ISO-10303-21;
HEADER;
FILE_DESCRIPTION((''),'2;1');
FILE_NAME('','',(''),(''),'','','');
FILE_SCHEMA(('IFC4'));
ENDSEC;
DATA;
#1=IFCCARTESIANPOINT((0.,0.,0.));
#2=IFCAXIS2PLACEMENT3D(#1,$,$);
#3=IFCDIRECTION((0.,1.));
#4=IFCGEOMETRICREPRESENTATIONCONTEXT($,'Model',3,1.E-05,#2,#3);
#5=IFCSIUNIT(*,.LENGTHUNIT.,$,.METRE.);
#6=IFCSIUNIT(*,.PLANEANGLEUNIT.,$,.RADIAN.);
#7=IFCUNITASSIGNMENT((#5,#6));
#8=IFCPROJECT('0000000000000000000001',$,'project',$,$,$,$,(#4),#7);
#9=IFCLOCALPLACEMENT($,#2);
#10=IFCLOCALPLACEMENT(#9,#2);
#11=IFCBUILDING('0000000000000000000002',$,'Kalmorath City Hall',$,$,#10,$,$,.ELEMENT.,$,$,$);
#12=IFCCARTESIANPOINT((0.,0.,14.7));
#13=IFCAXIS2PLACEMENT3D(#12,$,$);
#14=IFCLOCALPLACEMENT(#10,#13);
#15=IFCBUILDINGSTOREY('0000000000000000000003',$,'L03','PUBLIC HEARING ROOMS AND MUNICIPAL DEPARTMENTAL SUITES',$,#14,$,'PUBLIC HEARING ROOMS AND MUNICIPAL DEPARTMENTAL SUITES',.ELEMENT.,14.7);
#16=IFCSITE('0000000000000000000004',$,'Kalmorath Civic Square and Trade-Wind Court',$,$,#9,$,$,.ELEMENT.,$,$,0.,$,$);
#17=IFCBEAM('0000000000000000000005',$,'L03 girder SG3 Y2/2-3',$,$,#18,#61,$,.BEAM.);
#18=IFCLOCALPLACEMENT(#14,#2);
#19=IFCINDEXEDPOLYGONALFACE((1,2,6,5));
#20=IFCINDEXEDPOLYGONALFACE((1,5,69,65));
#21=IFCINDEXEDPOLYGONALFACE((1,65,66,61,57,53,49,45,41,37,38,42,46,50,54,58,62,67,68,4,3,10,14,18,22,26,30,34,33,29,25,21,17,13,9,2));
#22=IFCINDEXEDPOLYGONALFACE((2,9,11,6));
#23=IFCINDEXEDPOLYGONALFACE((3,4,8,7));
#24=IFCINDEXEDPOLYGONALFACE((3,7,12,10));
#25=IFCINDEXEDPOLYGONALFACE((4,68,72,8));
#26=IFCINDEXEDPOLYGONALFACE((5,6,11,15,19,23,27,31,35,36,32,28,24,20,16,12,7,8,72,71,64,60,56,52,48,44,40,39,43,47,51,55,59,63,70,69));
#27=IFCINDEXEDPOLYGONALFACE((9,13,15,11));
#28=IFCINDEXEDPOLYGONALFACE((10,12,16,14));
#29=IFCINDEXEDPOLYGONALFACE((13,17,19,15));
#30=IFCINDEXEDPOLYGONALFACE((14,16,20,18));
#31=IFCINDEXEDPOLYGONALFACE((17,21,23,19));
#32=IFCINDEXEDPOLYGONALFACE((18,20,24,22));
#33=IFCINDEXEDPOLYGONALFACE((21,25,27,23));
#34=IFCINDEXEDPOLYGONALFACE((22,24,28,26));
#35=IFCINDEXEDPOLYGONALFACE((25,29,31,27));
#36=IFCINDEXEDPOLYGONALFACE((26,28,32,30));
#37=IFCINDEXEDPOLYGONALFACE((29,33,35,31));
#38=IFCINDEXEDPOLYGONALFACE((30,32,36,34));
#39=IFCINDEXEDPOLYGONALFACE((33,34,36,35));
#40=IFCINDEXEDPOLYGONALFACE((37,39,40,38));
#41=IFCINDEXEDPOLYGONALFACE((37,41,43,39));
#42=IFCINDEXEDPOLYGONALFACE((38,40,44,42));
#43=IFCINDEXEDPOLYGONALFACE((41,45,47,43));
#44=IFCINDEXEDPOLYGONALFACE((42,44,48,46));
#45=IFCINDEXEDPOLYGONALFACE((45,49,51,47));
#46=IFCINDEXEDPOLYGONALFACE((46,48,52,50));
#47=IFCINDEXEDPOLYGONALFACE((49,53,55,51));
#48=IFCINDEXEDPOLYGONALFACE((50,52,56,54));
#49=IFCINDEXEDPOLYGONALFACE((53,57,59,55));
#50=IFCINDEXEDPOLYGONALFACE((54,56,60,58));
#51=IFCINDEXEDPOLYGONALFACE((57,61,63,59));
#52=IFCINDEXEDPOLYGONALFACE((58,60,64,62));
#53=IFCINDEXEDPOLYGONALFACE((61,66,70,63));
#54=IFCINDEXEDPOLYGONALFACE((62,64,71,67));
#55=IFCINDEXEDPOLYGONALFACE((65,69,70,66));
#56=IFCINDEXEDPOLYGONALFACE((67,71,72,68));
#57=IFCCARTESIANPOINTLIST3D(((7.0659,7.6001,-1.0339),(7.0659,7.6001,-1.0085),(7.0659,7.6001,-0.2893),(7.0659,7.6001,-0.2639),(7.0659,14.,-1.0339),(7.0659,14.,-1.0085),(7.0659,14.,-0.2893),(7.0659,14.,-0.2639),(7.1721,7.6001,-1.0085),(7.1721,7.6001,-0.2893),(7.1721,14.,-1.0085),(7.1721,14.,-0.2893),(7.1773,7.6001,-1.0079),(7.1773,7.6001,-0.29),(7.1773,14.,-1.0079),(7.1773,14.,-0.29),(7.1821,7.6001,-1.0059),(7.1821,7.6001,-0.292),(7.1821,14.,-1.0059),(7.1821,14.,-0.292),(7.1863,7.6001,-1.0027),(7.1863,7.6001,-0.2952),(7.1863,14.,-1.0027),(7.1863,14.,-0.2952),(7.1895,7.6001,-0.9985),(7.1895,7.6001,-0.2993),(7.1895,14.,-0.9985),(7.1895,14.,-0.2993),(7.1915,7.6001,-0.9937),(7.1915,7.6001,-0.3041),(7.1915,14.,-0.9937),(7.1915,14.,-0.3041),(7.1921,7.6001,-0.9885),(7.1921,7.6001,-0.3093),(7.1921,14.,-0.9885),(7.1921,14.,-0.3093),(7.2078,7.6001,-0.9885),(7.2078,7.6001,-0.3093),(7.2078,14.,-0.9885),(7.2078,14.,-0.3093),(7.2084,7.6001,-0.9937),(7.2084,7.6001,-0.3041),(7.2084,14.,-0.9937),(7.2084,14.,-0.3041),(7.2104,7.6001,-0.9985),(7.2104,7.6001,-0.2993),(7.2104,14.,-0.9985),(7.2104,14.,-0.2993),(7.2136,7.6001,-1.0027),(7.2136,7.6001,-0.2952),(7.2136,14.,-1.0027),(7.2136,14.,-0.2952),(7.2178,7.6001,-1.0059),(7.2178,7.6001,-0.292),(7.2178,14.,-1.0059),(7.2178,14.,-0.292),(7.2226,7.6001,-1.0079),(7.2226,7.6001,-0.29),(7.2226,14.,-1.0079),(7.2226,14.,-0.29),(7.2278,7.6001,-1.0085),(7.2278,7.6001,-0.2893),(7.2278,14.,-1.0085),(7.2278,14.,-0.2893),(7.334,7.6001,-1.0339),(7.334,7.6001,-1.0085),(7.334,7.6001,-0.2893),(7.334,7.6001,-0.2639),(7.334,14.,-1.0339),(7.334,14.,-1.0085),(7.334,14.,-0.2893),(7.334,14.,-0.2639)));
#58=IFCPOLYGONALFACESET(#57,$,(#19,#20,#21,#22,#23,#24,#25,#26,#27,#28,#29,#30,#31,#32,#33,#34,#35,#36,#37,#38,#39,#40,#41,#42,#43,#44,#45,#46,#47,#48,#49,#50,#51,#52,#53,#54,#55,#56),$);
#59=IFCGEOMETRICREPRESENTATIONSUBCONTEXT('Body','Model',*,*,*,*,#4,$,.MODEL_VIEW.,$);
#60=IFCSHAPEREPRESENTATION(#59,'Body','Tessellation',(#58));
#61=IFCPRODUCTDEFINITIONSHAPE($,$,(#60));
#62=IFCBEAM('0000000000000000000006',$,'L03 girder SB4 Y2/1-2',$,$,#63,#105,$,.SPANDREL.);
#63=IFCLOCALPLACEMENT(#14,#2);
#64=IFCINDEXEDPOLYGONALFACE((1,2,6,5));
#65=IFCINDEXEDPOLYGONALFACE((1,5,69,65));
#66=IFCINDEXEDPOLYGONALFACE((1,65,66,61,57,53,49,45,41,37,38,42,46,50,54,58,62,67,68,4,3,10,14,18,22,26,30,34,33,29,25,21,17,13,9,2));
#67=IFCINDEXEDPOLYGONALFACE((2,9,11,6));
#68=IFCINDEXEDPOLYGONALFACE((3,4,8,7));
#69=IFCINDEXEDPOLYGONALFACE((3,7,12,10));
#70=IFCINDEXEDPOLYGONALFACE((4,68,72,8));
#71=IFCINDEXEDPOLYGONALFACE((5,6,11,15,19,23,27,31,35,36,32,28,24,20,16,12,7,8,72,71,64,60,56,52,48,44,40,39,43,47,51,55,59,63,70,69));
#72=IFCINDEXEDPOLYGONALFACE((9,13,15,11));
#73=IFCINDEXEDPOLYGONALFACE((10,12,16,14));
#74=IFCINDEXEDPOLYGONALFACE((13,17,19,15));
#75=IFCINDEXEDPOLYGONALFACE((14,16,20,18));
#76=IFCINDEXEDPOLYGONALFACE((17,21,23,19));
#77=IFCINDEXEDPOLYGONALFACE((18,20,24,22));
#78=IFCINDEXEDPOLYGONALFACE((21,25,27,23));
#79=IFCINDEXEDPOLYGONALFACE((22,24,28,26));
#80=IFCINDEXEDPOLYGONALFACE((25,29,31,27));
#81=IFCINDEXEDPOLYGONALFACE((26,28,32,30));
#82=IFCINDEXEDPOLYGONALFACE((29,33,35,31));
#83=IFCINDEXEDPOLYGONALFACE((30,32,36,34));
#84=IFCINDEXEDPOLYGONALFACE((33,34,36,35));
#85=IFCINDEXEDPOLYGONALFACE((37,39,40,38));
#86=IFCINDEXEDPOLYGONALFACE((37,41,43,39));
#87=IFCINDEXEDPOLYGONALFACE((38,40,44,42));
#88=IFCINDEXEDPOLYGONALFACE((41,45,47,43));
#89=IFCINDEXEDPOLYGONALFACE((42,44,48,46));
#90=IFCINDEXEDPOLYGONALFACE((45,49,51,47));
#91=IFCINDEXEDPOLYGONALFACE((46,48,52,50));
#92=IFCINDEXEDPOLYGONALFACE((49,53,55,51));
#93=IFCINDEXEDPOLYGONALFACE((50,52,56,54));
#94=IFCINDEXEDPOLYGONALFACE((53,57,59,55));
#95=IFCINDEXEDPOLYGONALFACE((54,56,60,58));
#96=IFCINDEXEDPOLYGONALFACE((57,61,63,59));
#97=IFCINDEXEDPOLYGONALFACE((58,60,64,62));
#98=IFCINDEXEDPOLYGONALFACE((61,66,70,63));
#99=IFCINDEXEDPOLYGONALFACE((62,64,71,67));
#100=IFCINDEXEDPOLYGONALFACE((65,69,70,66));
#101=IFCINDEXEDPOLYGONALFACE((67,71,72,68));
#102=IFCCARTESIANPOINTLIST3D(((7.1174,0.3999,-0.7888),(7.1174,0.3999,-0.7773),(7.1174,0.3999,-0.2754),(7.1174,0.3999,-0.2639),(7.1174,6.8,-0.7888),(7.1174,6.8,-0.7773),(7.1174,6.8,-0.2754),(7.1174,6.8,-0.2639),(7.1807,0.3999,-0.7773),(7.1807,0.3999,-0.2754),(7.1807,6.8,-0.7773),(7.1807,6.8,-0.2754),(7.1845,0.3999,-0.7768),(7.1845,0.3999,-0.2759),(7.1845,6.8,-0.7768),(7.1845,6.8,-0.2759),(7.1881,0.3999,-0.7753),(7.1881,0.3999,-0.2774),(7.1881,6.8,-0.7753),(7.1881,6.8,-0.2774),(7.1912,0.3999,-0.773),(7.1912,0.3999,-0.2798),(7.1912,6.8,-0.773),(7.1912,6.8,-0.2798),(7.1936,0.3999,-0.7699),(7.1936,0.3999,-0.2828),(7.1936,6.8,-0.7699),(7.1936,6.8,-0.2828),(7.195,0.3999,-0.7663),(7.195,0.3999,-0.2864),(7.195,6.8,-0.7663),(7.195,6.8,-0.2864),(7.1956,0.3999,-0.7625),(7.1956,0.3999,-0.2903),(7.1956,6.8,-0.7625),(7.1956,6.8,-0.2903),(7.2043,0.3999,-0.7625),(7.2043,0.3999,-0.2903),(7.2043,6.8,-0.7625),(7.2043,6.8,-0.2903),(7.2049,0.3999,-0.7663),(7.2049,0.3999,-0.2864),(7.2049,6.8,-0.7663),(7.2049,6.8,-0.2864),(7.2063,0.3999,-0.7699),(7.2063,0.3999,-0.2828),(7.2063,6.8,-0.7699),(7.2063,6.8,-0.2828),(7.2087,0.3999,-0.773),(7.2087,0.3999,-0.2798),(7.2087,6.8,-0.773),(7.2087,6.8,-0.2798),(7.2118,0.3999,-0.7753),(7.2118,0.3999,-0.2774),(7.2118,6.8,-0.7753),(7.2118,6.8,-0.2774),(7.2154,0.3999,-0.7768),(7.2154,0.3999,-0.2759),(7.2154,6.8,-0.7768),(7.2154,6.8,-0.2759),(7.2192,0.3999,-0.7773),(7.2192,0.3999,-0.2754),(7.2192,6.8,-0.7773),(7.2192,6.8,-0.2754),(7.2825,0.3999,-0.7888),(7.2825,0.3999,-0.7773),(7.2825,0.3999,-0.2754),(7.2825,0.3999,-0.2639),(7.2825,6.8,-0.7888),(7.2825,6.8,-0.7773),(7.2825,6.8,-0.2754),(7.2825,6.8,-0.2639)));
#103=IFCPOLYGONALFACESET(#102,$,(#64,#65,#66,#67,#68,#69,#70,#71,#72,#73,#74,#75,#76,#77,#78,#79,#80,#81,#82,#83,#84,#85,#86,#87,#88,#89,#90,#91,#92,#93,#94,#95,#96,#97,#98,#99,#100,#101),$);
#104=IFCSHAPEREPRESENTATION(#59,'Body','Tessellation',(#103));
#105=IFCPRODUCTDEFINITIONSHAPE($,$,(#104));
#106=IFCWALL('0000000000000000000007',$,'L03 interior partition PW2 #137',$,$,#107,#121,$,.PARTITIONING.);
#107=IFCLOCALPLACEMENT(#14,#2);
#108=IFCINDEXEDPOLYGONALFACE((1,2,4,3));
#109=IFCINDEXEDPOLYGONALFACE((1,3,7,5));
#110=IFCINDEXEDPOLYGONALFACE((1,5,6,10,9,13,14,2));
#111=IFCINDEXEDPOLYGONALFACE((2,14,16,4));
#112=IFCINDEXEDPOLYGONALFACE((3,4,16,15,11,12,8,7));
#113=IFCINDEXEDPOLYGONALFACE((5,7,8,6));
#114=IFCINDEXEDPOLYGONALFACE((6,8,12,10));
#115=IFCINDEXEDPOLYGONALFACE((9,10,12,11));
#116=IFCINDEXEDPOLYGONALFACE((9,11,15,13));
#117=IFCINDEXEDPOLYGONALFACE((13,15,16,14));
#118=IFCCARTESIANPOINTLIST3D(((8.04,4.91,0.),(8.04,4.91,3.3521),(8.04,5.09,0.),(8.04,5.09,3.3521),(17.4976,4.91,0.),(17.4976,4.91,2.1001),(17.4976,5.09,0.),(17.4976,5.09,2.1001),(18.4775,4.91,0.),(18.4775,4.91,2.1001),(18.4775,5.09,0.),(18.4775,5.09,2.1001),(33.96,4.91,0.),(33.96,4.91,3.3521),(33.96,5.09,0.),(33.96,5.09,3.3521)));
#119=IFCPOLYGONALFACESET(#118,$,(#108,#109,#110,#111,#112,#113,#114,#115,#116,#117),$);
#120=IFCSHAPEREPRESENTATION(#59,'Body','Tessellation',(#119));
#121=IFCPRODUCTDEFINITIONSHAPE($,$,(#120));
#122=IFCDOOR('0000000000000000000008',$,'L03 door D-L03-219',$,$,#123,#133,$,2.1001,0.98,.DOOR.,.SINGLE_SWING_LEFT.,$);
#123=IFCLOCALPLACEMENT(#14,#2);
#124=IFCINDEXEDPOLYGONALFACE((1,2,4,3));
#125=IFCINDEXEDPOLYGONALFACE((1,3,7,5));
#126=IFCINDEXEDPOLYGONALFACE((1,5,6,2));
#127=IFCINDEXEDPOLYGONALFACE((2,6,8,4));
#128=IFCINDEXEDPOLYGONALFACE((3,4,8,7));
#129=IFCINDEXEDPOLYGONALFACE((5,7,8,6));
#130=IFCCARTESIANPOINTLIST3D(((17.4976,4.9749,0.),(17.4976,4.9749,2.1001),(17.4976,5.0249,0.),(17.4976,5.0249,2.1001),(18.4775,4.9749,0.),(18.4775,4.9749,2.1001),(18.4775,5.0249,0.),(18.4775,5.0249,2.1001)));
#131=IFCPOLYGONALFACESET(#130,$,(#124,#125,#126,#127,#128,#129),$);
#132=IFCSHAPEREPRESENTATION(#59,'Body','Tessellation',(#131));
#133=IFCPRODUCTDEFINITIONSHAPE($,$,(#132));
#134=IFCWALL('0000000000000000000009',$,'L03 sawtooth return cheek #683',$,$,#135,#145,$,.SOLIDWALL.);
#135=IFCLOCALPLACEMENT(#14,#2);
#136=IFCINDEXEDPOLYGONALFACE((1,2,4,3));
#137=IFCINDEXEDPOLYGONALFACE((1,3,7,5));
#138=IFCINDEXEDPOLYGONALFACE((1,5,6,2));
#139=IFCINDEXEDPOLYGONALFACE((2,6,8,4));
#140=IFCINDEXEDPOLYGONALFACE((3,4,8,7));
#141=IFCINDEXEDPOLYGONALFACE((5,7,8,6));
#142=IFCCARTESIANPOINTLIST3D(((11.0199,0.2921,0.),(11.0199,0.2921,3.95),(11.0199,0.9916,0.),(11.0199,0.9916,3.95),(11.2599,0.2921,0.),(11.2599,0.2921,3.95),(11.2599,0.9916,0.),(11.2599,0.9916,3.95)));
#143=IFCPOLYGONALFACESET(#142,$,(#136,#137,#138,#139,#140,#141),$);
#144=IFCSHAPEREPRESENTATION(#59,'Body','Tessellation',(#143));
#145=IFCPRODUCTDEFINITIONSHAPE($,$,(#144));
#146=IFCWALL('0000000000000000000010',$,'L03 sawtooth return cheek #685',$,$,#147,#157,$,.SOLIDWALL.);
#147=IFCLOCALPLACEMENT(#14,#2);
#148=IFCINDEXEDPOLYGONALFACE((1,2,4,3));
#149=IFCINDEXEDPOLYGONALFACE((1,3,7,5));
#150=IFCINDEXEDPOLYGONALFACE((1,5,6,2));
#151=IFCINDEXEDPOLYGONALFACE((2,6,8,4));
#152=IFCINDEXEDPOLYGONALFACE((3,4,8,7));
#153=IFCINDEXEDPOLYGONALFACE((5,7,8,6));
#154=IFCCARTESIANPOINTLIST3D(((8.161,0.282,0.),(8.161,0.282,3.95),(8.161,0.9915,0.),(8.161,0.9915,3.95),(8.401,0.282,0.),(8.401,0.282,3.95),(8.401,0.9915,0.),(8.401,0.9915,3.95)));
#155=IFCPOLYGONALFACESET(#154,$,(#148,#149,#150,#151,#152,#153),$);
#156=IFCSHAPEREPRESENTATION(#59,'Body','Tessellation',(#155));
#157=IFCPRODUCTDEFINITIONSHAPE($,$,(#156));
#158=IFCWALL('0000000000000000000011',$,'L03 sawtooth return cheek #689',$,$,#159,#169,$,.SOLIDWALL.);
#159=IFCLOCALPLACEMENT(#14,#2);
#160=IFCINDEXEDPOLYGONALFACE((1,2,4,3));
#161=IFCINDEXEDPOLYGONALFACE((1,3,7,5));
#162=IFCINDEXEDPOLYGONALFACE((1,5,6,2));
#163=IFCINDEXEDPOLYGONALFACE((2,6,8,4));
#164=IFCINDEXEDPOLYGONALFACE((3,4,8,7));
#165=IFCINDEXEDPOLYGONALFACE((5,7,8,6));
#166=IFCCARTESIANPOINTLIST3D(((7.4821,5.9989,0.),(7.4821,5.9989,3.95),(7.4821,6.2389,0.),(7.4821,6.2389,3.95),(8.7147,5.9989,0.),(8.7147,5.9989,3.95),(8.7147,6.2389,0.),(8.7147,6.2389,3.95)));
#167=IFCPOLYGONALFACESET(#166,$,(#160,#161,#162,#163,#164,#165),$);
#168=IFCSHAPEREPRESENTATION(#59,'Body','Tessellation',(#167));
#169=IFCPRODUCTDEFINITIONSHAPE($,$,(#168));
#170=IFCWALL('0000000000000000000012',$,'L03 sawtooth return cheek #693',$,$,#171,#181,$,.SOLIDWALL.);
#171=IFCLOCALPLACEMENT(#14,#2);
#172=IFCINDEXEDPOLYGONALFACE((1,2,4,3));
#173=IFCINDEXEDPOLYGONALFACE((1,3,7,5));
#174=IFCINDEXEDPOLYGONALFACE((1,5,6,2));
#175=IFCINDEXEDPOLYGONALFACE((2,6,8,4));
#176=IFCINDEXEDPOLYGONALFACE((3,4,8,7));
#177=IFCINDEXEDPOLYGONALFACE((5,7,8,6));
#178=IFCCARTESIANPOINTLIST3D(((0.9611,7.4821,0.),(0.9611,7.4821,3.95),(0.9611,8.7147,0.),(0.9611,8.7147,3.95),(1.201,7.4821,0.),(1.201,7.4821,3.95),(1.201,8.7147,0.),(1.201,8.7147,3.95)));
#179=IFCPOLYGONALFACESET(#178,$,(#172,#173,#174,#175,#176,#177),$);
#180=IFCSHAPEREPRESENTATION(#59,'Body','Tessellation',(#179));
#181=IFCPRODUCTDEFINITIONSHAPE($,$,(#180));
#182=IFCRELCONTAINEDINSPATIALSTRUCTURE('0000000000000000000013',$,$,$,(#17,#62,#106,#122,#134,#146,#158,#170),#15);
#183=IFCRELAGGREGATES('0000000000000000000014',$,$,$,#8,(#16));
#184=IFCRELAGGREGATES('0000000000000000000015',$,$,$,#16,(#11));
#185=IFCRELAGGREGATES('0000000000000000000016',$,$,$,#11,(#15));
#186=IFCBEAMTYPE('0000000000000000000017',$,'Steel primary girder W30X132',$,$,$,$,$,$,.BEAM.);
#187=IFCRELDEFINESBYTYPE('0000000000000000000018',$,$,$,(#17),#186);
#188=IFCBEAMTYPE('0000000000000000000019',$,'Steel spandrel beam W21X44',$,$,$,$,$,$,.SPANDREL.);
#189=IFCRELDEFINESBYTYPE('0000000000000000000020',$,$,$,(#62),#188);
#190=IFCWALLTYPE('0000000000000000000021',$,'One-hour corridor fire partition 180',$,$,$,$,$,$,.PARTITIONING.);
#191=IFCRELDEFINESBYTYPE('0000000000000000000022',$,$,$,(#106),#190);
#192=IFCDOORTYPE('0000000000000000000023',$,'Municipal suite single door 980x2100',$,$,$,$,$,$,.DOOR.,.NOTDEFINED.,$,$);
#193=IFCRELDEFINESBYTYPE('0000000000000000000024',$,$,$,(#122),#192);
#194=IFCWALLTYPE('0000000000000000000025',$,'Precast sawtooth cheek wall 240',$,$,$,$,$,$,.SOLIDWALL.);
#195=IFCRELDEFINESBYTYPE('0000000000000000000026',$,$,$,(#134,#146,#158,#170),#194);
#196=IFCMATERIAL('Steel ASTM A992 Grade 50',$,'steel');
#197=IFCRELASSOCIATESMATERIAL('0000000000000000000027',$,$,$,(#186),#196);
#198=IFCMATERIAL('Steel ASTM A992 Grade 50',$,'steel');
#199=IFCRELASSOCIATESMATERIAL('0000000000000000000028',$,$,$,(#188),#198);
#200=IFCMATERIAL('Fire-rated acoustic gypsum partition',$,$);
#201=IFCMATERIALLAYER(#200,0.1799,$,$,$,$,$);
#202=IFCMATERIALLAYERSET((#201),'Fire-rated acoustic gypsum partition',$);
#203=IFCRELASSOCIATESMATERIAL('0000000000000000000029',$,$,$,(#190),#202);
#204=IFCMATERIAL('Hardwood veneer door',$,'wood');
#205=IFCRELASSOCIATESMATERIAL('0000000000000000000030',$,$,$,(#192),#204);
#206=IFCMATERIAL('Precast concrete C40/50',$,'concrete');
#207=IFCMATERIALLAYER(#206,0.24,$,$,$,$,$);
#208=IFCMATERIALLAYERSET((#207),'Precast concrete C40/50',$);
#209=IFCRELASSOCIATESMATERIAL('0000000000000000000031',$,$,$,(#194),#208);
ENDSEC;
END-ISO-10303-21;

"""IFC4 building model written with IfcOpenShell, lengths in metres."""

from ifc_helpers import new_model, si_unit, direction, frame, frame_2d, origin, origin_2d, place, context, subcontext, project, spatial, rectangle, i_section, extrude, material, layer, layer_set, material_profile, profile_set, type_object, element, fill, save


model = new_model("IFC4")

# Units and contexts
model_context = context("Model", 3, precision=1e-05, world=origin(), true_north=direction((0.0, 1.0)))
body_context = subcontext(model_context, "Body", "Model", "MODEL_VIEW")
ifc_project = project(units=[si_unit("LENGTHUNIT", "METRE"), si_unit("PLANEANGLEUNIT", "RADIAN")], contexts=[model_context])

# Site, building, storey
site_placement = place(None, origin())
site = spatial("IfcSite", under=ifc_project, at=site_placement, Name="Kalmorath Civic Square and Trade-Wind Court", CompositionType="ELEMENT", RefElevation=0.0)
building_placement = place(site_placement, origin())
building = spatial("IfcBuilding", under=site, at=building_placement, Name="Kalmorath City Hall", CompositionType="ELEMENT")
storey_placement = place(building_placement, frame((0.0, 0.0, 14.7)))
storey = spatial("IfcBuildingStorey", under=building, at=storey_placement, Name="L03", Description="PUBLIC HEARING ROOMS AND MUNICIPAL DEPARTMENTAL SUITES", LongName="PUBLIC HEARING ROOMS AND MUNICIPAL DEPARTMENTAL SUITES", CompositionType="ELEMENT", Elevation=14.7)

# Beams
ifc_material_1 = material(Name="Steel ASTM A992 Grade 50", Category="steel")
ifc_material_profile_1 = material_profile(ifc_material_1, i_section(OverallWidth=0.2681, OverallDepth=0.77, WebThickness=0.0156, FlangeThickness=0.0254, FilletRadius=0.02, at=origin_2d()), Name="W30X132")
ifc_profile_set_1 = profile_set([ifc_material_profile_1], Name="Steel ASTM A992 Grade 50")
beam_type_1 = type_object("IfcBeamType", Name="Steel primary girder W30X132", PredefinedType="BEAM", material=ifc_profile_set_1)
beam_1_placement = place(storey_placement, frame((7.2, 7.6001, -0.6489), z_axis=(0.0, 1.0, 0.0), x_axis=(-1.0, 0.0, 0.0)))
element("IfcBeam", 1, at=beam_1_placement, inside=storey, type_object=beam_type_1, Name="L03 girder SG3 Y2/2-3", PredefinedType="BEAM", context=body_context, shape_type="SweptSolid", body=[
    extrude(i_section(OverallWidth=0.2681, OverallDepth=0.77, WebThickness=0.0156, FlangeThickness=0.0254, FilletRadius=0.02, at=origin_2d()), origin(), (0.0, 0.0, 1.0), 6.3999),
])
ifc_material_2 = material(Name="Steel ASTM A992 Grade 50", Category="steel")
ifc_material_profile_2 = material_profile(ifc_material_2, i_section(OverallWidth=0.165, OverallDepth=0.5249, WebThickness=0.0088, FlangeThickness=0.0115, FilletRadius=0.0149, at=origin_2d()), Name="W21X44")
ifc_profile_set_2 = profile_set([ifc_material_profile_2], Name="Steel ASTM A992 Grade 50")
beam_type_2 = type_object("IfcBeamType", Name="Steel spandrel beam W21X44", PredefinedType="SPANDREL", material=ifc_profile_set_2)
beam_2_placement = place(storey_placement, frame((7.2, 0.3999, -0.5264), z_axis=(0.0, 1.0, 0.0), x_axis=(-1.0, 0.0, 0.0)))
element("IfcBeam", 2, at=beam_2_placement, inside=storey, type_object=beam_type_2, Name="L03 girder SB4 Y2/1-2", PredefinedType="SPANDREL", context=body_context, shape_type="SweptSolid", body=[
    extrude(i_section(OverallWidth=0.165, OverallDepth=0.5249, WebThickness=0.0088, FlangeThickness=0.0115, FilletRadius=0.0149, at=origin_2d()), origin(), (0.0, 0.0, 1.0), 6.4001),
])

# Wall, opening, door
ifc_material_3 = material(Name="Fire-rated acoustic gypsum partition")
ifc_layer_1 = layer(ifc_material_3, 0.1799)
ifc_layer_set_1 = layer_set([ifc_layer_1], Name="Fire-rated acoustic gypsum partition")
wall_type_1 = type_object("IfcWallType", Name="One-hour corridor fire partition 180", PredefinedType="PARTITIONING", material=ifc_layer_set_1)
wall_1_placement = place(storey_placement, frame((8.04, 5.0, 0.0), z_axis=(0.0, 0.0, 1.0), x_axis=(1.0, 0.0, 0.0)))
wall_1 = element("IfcWall", 3, at=wall_1_placement, inside=storey, type_object=wall_type_1, Name="L03 interior partition PW2 #137", PredefinedType="PARTITIONING", context=body_context, shape_type="SweptSolid", body=[
    extrude(rectangle(XDim=25.9199, YDim=0.1799, at=frame_2d((12.96, 0.0))), origin(), (0.0, 0.0, 1.0), 3.3521),
])
opening_1_placement = place(wall_1_placement, frame((9.4575, 0.0, 0.0)))
opening_1 = element("IfcOpeningElement", 4, at=opening_1_placement, cuts=wall_1, PredefinedType="OPENING", context=body_context, shape_type="SweptSolid", body=[
    extrude(rectangle(XDim=0.98, YDim=2.1001, at=frame_2d((0.49, 1.05))), frame((0.0, 0.0999, 0.0), z_axis=(0.0, -1.0, 0.0), x_axis=(1.0, 0.0, 0.0)), (0.0, 0.0, 1.0), 0.2),
])
ifc_material_4 = material(Name="Hardwood veneer door", Category="wood")
door_type = type_object("IfcDoorType", Name="Municipal suite single door 980x2100", OperationType="NOTDEFINED", PredefinedType="DOOR", material=ifc_material_4)
door_placement = place(opening_1_placement, origin())
door = element("IfcDoor", 5, at=door_placement, inside=storey, type_object=door_type, Name="L03 door D-L03-219", OperationType="SINGLE_SWING_LEFT", OverallHeight=2.1001, OverallWidth=0.98, PredefinedType="DOOR", context=body_context, shape_type="SweptSolid", body=[
    extrude(rectangle(XDim=0.98, YDim=2.1001, at=frame_2d((0.49, 1.05))), frame((0.0, 0.0249, 0.0), z_axis=(0.0, -1.0, 0.0), x_axis=(1.0, 0.0, 0.0)), (0.0, 0.0, 1.0), 0.05),
])
fill(opening_1, door)

# Walls
ifc_material_5 = material(Name="Precast concrete C40/50", Category="concrete")
ifc_layer_2 = layer(ifc_material_5, 0.24)
ifc_layer_set_2 = layer_set([ifc_layer_2], Name="Precast concrete C40/50")
wall_type_2 = type_object("IfcWallType", Name="Precast sawtooth cheek wall 240", PredefinedType="SOLIDWALL", material=ifc_layer_set_2)
wall_2_placement = place(storey_placement, frame((11.1399, 0.9915, 0.0), z_axis=(0.0, 0.0, 1.0), x_axis=(0.0, -1.0, 0.0)))
element("IfcWall", 6, at=wall_2_placement, inside=storey, type_object=wall_type_2, Name="L03 sawtooth return cheek #683", PredefinedType="SOLIDWALL", context=body_context, shape_type="SweptSolid", body=[
    extrude(rectangle(XDim=0.6995, YDim=0.24, at=frame_2d((0.3496, 0.0))), origin(), (0.0, 0.0, 1.0), 3.95),
])
wall_3_placement = place(storey_placement, frame((8.281, 0.9915, 0.0), z_axis=(0.0, 0.0, 1.0), x_axis=(0.0, -1.0, 0.0)))
element("IfcWall", 7, at=wall_3_placement, inside=storey, type_object=wall_type_2, Name="L03 sawtooth return cheek #685", PredefinedType="SOLIDWALL", context=body_context, shape_type="SweptSolid", body=[
    extrude(rectangle(XDim=0.7095, YDim=0.24, at=frame_2d((0.3547, 0.0))), origin(), (0.0, 0.0, 1.0), 3.95),
])
for number, where, z_axis, x_axis, name in (
    (8, (8.7146, 6.1189, 0.0), (0.0, 0.0, 1.0), (-1.0, 0.0, 0.0), "L03 sawtooth return cheek #689"),
    (9, (1.0811, 8.7146, 0.0), (0.0, 0.0, 1.0), (0.0, -1.0, 0.0), "L03 sawtooth return cheek #693"),
):
    element("IfcWall", number, at=place(storey_placement, frame(where, z_axis=z_axis, x_axis=x_axis)), inside=storey, type_object=wall_type_2, Name=name, PredefinedType="SOLIDWALL", context=body_context, shape_type="SweptSolid", body=[
        extrude(rectangle(XDim=1.2327, YDim=0.24, at=frame_2d((0.6162, 0.0))), origin(), (0.0, 0.0, 1.0), 3.95),
    ])

save(model, "model.ifc")
